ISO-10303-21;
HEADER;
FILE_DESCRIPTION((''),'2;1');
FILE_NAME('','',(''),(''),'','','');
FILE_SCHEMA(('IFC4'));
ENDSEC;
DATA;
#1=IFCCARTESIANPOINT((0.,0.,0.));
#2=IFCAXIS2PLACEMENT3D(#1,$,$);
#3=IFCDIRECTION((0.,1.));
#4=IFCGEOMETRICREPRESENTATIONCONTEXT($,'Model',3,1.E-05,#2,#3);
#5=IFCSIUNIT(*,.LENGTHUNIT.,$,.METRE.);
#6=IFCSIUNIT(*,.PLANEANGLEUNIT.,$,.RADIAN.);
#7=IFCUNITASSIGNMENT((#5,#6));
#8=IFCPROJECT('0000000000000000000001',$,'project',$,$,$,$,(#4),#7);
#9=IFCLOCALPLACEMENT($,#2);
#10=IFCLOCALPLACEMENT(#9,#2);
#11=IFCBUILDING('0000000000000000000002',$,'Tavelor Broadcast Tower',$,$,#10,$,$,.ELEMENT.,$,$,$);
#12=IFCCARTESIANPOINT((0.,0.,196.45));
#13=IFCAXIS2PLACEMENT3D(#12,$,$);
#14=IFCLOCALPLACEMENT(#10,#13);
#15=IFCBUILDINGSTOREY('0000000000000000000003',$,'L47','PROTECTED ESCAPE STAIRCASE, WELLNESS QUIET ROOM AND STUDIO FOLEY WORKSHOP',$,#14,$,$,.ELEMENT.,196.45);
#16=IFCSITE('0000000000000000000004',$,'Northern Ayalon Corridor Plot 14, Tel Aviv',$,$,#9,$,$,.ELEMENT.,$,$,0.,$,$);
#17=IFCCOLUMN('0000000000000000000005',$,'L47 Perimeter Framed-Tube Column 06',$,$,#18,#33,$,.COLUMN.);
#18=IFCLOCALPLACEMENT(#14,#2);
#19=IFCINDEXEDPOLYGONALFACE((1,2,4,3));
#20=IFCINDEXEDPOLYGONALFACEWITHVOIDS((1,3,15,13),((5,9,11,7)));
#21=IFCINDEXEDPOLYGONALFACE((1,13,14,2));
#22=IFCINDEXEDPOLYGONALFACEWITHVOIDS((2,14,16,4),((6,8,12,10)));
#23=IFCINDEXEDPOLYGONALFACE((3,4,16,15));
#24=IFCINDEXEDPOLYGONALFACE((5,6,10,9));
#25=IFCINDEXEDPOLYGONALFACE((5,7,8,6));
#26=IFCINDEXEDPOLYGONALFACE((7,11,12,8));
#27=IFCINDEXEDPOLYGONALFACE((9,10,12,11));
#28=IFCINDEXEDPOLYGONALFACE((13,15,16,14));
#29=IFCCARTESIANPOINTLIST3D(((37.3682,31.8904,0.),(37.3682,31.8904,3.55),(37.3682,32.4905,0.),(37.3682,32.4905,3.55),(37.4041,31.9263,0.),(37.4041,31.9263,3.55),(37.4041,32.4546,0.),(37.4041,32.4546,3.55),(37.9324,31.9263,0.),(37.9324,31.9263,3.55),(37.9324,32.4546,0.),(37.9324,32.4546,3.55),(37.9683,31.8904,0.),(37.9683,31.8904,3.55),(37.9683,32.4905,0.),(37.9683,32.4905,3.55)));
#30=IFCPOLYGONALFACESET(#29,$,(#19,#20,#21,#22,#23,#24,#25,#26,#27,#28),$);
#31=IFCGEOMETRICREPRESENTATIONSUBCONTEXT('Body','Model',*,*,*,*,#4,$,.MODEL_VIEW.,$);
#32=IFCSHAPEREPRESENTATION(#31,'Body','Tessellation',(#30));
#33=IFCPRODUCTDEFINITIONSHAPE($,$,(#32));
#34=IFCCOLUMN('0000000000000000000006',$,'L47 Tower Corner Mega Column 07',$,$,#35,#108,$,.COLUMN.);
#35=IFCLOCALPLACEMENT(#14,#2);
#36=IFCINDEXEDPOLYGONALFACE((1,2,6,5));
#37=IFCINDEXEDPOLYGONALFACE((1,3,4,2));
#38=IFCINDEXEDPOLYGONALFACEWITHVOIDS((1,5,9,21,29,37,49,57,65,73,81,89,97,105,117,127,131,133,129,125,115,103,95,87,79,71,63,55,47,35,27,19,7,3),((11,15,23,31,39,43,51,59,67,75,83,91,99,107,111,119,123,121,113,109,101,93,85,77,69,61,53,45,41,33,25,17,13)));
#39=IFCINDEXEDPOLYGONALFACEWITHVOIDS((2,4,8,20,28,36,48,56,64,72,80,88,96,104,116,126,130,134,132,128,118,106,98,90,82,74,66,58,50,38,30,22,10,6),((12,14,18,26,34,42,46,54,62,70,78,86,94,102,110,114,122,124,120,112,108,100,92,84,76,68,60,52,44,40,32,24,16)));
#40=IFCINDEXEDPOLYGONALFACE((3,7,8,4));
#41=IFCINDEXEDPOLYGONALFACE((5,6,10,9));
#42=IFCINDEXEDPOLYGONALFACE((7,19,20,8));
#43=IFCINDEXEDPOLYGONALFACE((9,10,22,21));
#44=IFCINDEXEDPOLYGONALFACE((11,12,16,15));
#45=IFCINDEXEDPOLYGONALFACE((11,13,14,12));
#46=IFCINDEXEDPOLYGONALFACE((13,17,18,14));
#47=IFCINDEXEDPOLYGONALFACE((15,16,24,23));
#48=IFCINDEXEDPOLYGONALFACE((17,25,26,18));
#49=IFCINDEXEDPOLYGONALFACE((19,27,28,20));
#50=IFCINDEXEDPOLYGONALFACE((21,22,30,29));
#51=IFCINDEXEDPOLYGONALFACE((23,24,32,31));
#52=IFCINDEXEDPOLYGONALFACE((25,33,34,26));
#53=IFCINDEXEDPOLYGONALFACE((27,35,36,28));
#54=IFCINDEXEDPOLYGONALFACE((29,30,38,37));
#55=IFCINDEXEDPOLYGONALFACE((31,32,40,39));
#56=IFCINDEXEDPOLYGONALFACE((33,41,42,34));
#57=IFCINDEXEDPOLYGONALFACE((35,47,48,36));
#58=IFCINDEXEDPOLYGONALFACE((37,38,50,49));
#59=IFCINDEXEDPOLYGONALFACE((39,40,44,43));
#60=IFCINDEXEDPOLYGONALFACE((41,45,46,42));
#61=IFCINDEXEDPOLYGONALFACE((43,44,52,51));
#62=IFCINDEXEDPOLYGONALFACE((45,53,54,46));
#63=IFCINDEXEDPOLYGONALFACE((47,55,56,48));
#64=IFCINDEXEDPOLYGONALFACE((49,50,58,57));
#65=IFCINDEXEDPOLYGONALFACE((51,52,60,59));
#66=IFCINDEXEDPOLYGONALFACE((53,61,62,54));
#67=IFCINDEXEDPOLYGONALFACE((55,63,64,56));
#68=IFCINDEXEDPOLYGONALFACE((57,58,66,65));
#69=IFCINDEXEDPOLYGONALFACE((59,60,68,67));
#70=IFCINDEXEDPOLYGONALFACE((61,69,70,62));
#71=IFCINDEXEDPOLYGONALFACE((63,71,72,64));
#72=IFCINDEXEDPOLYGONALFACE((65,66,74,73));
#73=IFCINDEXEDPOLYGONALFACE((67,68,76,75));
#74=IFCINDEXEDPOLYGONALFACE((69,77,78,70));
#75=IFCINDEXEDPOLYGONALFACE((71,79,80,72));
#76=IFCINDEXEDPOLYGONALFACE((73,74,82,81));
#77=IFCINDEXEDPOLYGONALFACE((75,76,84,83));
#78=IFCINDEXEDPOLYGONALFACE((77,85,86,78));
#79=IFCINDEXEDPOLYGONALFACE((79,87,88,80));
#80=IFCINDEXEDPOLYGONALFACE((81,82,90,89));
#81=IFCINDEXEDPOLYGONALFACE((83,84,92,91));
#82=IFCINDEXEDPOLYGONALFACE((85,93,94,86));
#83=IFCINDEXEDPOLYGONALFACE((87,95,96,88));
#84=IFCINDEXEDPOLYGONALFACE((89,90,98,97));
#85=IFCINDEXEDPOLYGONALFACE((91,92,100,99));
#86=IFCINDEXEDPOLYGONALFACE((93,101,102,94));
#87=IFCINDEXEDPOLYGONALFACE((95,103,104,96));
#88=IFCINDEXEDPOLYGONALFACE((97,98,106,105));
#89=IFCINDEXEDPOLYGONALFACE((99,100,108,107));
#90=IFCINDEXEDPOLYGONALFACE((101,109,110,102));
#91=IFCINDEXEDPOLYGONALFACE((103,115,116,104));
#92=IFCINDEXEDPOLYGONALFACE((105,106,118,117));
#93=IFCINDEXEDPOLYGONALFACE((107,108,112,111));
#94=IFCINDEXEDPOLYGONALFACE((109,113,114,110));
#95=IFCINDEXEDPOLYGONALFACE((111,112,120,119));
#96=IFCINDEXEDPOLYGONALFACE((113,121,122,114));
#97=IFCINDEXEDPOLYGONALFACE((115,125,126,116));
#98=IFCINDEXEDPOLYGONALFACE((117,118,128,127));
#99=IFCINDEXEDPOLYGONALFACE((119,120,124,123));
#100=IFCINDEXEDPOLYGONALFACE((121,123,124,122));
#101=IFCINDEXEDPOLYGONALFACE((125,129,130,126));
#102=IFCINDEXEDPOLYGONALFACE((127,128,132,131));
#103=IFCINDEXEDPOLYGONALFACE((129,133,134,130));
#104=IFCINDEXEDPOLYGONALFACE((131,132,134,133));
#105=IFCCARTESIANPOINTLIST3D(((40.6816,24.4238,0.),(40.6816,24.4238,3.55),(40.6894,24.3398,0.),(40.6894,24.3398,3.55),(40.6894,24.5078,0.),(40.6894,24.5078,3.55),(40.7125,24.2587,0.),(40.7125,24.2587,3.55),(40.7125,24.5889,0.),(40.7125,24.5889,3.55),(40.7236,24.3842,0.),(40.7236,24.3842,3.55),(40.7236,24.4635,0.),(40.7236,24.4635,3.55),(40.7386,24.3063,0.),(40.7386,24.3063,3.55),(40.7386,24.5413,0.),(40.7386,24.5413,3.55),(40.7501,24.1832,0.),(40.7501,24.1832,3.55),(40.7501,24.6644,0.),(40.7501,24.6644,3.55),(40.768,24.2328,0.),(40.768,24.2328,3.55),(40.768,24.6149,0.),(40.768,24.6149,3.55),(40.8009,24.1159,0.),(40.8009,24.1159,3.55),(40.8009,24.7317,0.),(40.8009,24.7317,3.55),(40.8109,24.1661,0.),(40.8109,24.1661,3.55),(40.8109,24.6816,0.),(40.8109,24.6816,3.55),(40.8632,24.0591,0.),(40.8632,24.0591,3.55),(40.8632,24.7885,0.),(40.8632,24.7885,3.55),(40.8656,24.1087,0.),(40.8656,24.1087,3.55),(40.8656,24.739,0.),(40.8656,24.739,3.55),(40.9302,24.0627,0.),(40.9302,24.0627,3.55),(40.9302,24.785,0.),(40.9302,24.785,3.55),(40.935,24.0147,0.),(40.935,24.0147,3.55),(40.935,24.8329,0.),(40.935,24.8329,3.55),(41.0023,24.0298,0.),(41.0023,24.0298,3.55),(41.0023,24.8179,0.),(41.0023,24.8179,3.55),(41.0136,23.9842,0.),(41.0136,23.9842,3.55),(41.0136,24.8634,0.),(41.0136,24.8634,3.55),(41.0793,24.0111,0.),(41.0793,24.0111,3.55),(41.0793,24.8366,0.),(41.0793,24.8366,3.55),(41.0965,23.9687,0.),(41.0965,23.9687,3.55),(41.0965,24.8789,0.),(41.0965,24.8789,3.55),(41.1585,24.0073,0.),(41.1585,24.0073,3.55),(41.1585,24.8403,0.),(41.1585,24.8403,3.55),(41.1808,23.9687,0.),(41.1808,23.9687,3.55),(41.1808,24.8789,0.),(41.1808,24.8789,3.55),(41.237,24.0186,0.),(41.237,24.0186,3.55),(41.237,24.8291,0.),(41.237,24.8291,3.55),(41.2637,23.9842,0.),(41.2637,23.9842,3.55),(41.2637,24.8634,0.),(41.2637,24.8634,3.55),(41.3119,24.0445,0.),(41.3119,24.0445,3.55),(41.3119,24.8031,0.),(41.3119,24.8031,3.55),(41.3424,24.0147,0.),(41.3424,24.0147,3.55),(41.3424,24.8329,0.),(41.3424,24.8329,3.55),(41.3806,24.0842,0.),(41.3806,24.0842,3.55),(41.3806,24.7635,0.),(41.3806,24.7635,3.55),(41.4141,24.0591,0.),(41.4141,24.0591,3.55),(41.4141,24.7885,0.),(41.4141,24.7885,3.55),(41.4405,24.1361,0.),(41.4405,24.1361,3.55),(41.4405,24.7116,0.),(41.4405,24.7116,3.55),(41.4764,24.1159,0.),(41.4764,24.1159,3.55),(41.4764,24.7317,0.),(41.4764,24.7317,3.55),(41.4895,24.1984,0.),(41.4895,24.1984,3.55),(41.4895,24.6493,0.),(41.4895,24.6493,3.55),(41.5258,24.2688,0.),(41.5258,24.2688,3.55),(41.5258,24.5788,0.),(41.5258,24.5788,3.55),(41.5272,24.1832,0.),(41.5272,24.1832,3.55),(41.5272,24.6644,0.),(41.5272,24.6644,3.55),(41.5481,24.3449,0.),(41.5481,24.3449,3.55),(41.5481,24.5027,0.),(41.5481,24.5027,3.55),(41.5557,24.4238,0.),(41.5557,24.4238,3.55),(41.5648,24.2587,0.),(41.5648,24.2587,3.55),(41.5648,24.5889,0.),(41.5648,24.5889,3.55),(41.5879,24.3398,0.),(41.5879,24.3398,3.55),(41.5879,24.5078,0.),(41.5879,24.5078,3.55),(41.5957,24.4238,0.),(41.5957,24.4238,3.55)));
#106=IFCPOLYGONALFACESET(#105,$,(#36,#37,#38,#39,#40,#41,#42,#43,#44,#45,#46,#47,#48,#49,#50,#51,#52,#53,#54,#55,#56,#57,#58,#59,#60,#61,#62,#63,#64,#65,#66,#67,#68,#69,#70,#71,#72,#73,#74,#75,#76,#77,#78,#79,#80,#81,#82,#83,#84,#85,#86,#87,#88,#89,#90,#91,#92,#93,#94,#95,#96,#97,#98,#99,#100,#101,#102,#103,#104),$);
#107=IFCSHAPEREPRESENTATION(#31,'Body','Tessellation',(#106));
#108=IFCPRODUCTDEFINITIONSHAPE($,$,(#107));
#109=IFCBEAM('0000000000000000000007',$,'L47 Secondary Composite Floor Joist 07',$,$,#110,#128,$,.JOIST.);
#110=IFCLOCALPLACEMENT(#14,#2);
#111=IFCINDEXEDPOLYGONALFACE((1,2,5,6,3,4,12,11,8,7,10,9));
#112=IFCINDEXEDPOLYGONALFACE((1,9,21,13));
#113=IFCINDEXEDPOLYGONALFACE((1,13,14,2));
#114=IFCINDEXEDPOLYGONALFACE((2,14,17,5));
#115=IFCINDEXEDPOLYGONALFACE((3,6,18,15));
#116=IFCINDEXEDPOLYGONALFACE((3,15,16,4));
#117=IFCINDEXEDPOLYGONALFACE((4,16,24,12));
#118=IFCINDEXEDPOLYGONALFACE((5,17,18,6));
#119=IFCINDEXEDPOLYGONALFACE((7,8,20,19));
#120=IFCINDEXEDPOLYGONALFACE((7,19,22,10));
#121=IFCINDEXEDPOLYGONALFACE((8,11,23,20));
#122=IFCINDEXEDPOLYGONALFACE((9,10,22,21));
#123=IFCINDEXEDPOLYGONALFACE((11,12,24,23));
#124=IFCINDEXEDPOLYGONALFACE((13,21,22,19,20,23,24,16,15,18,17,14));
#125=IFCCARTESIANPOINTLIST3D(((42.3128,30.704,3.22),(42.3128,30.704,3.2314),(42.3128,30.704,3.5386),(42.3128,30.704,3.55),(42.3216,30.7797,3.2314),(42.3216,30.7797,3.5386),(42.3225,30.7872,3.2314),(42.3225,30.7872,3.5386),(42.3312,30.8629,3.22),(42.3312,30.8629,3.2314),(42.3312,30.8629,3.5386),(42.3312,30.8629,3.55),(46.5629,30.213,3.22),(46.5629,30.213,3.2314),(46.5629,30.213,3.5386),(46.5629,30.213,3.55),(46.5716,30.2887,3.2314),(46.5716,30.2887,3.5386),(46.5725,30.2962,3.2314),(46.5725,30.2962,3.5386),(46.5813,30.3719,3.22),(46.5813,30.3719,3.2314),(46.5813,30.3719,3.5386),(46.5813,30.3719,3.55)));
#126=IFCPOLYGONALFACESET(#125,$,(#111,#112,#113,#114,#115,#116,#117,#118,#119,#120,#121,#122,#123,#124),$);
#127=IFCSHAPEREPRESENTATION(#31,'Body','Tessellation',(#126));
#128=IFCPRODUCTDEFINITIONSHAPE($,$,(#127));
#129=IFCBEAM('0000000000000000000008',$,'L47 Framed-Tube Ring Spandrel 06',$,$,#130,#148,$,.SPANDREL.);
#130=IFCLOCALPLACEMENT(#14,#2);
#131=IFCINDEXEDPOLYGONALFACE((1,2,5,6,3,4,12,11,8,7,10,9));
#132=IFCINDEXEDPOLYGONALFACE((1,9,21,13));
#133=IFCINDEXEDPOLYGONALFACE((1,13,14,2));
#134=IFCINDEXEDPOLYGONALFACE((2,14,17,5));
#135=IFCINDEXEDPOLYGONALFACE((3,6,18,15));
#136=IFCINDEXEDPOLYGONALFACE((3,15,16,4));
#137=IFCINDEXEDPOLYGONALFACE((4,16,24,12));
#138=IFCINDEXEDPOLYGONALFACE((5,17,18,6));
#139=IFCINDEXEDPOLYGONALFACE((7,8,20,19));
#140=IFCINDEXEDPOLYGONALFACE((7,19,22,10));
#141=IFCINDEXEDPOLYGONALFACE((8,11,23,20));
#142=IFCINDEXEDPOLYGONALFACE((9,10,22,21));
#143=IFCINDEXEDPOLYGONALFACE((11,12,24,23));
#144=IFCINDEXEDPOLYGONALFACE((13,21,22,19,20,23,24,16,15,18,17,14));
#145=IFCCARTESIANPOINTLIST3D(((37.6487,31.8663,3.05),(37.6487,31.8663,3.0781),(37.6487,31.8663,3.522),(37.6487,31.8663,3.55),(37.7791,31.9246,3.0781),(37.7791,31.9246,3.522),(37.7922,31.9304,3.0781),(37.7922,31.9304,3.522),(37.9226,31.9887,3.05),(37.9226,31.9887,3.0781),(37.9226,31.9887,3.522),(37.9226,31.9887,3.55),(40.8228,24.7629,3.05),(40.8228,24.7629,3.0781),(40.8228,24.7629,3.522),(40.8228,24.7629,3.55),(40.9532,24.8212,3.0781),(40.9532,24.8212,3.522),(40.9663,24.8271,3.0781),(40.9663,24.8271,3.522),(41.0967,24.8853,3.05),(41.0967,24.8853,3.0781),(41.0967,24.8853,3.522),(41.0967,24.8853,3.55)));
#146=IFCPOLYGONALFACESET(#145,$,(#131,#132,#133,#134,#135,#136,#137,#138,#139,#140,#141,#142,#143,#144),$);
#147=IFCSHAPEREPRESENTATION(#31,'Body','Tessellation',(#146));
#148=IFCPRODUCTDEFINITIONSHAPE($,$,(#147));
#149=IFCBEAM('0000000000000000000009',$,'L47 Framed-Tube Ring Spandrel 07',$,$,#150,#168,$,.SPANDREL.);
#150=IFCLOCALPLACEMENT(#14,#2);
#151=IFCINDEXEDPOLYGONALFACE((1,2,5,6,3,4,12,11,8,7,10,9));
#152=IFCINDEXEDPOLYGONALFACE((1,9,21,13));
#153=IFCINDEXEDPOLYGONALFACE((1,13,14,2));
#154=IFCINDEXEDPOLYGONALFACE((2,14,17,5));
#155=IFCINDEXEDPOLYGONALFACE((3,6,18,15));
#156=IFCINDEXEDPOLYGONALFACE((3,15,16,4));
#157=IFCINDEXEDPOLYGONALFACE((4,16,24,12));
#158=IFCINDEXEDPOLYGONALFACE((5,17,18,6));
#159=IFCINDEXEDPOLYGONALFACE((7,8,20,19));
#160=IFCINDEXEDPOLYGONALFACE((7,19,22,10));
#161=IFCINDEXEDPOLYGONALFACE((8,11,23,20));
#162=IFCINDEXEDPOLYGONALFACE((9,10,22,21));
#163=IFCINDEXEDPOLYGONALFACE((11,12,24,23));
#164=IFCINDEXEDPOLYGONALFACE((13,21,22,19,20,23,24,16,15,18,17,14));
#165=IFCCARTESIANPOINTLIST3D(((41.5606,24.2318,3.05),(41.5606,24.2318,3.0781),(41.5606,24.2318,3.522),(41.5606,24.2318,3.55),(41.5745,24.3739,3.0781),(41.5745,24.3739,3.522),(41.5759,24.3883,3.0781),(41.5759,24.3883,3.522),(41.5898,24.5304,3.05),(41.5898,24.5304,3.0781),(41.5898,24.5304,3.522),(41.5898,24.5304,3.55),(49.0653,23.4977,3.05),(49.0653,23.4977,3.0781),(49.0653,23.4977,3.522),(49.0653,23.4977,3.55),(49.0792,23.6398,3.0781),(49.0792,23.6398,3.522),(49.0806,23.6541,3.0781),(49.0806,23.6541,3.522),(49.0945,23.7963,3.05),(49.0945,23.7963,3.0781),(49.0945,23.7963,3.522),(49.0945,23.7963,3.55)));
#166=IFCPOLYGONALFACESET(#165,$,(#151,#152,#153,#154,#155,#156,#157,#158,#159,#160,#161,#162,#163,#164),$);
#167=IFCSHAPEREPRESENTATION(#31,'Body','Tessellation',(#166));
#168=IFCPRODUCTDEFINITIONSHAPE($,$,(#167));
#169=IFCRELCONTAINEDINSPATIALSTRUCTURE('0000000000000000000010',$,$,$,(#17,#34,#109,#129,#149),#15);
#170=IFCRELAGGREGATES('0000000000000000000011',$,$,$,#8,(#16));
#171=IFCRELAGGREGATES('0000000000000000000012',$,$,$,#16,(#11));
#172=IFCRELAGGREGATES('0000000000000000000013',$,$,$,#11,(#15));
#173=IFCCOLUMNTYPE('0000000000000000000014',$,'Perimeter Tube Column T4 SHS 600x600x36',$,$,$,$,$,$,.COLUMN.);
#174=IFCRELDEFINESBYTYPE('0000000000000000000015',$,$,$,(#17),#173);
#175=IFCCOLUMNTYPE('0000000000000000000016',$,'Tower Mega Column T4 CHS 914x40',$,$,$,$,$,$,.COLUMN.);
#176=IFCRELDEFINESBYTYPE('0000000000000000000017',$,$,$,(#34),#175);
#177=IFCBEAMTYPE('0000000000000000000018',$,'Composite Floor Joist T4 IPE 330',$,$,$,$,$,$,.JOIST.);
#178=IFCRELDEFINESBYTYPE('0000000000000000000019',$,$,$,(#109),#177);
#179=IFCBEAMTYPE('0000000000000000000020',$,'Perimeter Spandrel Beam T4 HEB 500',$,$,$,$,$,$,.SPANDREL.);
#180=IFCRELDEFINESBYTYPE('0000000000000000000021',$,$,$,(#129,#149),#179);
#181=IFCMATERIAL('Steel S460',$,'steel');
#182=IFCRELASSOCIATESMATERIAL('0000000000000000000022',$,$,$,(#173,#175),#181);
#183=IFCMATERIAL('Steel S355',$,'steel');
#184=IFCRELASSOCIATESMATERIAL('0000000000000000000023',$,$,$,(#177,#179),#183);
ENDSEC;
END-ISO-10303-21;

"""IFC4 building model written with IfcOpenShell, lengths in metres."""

from ifc_helpers import new_model, si_unit, direction, frame, origin, origin_2d, place, context, subcontext, project, spatial, hollow_rectangle, hollow_circle, i_section, extrude, material, material_profile, profile_set, type_object, element, save


model = new_model("IFC4")

# Units and contexts
model_context = context("Model", 3, precision=1e-05, world=origin(), true_north=direction((0.0, 1.0)))
body_context = subcontext(model_context, "Body", "Model", "MODEL_VIEW")
ifc_project = project(units=[si_unit("LENGTHUNIT", "METRE"), si_unit("PLANEANGLEUNIT", "RADIAN")], contexts=[model_context])

# Site, building, storey
site_placement = place(None, origin())
site = spatial("IfcSite", under=ifc_project, at=site_placement, Name="Northern Ayalon Corridor Plot 14, Tel Aviv", CompositionType="ELEMENT", RefElevation=0.0)
building_placement = place(site_placement, origin())
building = spatial("IfcBuilding", under=site, at=building_placement, Name="Tavelor Broadcast Tower", CompositionType="ELEMENT")
storey_placement = place(building_placement, frame((0.0, 0.0, 196.45)))
storey = spatial("IfcBuildingStorey", under=building, at=storey_placement, Name="L47", Description="PROTECTED ESCAPE STAIRCASE, WELLNESS QUIET ROOM AND STUDIO FOLEY WORKSHOP", CompositionType="ELEMENT", Elevation=196.45)

# Columns
ifc_material_1 = material(Name="Steel S460", Category="steel")
ifc_material_profile_1 = material_profile(ifc_material_1, hollow_rectangle(XDim=0.6001, YDim=0.6001, WallThickness=0.0359, at=origin_2d()), Name="SHS 600x600x36")
ifc_profile_set_1 = profile_set([ifc_material_profile_1], Name="Steel S460")
column_type_1 = type_object("IfcColumnType", Name="Perimeter Tube Column T4 SHS 600x600x36", PredefinedType="COLUMN", material=ifc_profile_set_1)
column_1_placement = place(storey_placement, frame((37.6682, 32.1904, 0.0), z_axis=(0.0, 0.0, 1.0), x_axis=(1.0, 0.0, 0.0)))
element("IfcColumn", 1, at=column_1_placement, inside=storey, type_object=column_type_1, Name="L47 Perimeter Framed-Tube Column 06", PredefinedType="COLUMN", context=body_context, shape_type="SweptSolid", body=[
    extrude(hollow_rectangle(XDim=0.6001, YDim=0.6001, WallThickness=0.0359, at=origin_2d()), origin(), (0.0, 0.0, 1.0), 3.55),
])
ifc_material_profile_2 = material_profile(ifc_material_1, hollow_circle(Radius=0.457, WallThickness=0.04, at=origin_2d()), Name="CHS 914x40")
ifc_profile_set_2 = profile_set([ifc_material_profile_2], Name="Steel S460")
column_type_2 = type_object("IfcColumnType", Name="Tower Mega Column T4 CHS 914x40", PredefinedType="COLUMN", material=ifc_profile_set_2)
column_2_placement = place(storey_placement, frame((41.1387, 24.4238, 0.0), z_axis=(0.0, 0.0, 1.0), x_axis=(1.0, 0.0, 0.0)))
element("IfcColumn", 2, at=column_2_placement, inside=storey, type_object=column_type_2, Name="L47 Tower Corner Mega Column 07", PredefinedType="COLUMN", context=body_context, shape_type="SweptSolid", body=[
    extrude(hollow_circle(Radius=0.457, WallThickness=0.04, at=origin_2d()), origin(), (0.0, 0.0, 1.0), 3.55),
])

# Beams
ifc_material_2 = material(Name="Steel S355", Category="steel")
ifc_material_profile_3 = material_profile(ifc_material_2, i_section(OverallWidth=0.1599, OverallDepth=0.3301, WebThickness=0.0076, FlangeThickness=0.0115, at=origin_2d()), Name="IPE 330")
ifc_profile_set_3 = profile_set([ifc_material_profile_3], Name="Steel S355")
beam_type_1 = type_object("IfcBeamType", Name="Composite Floor Joist T4 IPE 330", PredefinedType="JOIST", material=ifc_profile_set_3)
beam_1_placement = place(storey_placement, frame((42.322, 30.7834, 3.385), z_axis=(0.993393, -0.114758, 0.0), x_axis=(0.114758, 0.993393, 0.0)))
element("IfcBeam", 3, at=beam_1_placement, inside=storey, type_object=beam_type_1, Name="L47 Secondary Composite Floor Joist 07", PredefinedType="JOIST", context=body_context, shape_type="SweptSolid", body=[
    extrude(i_section(OverallWidth=0.1599, OverallDepth=0.3301, WebThickness=0.0076, FlangeThickness=0.0115, at=origin_2d()), origin(), (0.0, 0.0, 1.0), 4.2783),
])
ifc_material_profile_4 = material_profile(ifc_material_2, i_section(OverallWidth=0.3, OverallDepth=0.5, WebThickness=0.0144, FlangeThickness=0.0281, at=origin_2d()), Name="HEB 500")
ifc_profile_set_4 = profile_set([ifc_material_profile_4], Name="Steel S355")
beam_type_2 = type_object("IfcBeamType", Name="Perimeter Spandrel Beam T4 HEB 500", PredefinedType="SPANDREL", material=ifc_profile_set_4)
beam_2_placement = place(storey_placement, frame((37.7856, 31.9275, 3.3), z_axis=(0.407969, -0.912996, 0.0), x_axis=(0.912996, 0.407969, 0.0)))
element("IfcBeam", 4, at=beam_2_placement, inside=storey, type_object=beam_type_2, Name="L47 Framed-Tube Ring Spandrel 06", PredefinedType="SPANDREL", context=body_context, shape_type="SweptSolid", body=[
    extrude(i_section(OverallWidth=0.3, OverallDepth=0.5, WebThickness=0.0144, FlangeThickness=0.0281, at=origin_2d()), origin(), (0.0, 0.0, 1.0), 7.7803),
])
beam_3_placement = place(storey_placement, frame((41.5752, 24.3811, 3.3), z_axis=(0.995249, -0.097359, 0.0), x_axis=(0.097359, 0.995249, 0.0)))
element("IfcBeam", 5, at=beam_3_placement, inside=storey, type_object=beam_type_2, Name="L47 Framed-Tube Ring Spandrel 07", PredefinedType="SPANDREL", context=body_context, shape_type="SweptSolid", body=[
    extrude(i_section(OverallWidth=0.3, OverallDepth=0.5, WebThickness=0.0144, FlangeThickness=0.0281, at=origin_2d()), origin(), (0.0, 0.0, 1.0), 7.5405),
])

save(model, "model.ifc")
